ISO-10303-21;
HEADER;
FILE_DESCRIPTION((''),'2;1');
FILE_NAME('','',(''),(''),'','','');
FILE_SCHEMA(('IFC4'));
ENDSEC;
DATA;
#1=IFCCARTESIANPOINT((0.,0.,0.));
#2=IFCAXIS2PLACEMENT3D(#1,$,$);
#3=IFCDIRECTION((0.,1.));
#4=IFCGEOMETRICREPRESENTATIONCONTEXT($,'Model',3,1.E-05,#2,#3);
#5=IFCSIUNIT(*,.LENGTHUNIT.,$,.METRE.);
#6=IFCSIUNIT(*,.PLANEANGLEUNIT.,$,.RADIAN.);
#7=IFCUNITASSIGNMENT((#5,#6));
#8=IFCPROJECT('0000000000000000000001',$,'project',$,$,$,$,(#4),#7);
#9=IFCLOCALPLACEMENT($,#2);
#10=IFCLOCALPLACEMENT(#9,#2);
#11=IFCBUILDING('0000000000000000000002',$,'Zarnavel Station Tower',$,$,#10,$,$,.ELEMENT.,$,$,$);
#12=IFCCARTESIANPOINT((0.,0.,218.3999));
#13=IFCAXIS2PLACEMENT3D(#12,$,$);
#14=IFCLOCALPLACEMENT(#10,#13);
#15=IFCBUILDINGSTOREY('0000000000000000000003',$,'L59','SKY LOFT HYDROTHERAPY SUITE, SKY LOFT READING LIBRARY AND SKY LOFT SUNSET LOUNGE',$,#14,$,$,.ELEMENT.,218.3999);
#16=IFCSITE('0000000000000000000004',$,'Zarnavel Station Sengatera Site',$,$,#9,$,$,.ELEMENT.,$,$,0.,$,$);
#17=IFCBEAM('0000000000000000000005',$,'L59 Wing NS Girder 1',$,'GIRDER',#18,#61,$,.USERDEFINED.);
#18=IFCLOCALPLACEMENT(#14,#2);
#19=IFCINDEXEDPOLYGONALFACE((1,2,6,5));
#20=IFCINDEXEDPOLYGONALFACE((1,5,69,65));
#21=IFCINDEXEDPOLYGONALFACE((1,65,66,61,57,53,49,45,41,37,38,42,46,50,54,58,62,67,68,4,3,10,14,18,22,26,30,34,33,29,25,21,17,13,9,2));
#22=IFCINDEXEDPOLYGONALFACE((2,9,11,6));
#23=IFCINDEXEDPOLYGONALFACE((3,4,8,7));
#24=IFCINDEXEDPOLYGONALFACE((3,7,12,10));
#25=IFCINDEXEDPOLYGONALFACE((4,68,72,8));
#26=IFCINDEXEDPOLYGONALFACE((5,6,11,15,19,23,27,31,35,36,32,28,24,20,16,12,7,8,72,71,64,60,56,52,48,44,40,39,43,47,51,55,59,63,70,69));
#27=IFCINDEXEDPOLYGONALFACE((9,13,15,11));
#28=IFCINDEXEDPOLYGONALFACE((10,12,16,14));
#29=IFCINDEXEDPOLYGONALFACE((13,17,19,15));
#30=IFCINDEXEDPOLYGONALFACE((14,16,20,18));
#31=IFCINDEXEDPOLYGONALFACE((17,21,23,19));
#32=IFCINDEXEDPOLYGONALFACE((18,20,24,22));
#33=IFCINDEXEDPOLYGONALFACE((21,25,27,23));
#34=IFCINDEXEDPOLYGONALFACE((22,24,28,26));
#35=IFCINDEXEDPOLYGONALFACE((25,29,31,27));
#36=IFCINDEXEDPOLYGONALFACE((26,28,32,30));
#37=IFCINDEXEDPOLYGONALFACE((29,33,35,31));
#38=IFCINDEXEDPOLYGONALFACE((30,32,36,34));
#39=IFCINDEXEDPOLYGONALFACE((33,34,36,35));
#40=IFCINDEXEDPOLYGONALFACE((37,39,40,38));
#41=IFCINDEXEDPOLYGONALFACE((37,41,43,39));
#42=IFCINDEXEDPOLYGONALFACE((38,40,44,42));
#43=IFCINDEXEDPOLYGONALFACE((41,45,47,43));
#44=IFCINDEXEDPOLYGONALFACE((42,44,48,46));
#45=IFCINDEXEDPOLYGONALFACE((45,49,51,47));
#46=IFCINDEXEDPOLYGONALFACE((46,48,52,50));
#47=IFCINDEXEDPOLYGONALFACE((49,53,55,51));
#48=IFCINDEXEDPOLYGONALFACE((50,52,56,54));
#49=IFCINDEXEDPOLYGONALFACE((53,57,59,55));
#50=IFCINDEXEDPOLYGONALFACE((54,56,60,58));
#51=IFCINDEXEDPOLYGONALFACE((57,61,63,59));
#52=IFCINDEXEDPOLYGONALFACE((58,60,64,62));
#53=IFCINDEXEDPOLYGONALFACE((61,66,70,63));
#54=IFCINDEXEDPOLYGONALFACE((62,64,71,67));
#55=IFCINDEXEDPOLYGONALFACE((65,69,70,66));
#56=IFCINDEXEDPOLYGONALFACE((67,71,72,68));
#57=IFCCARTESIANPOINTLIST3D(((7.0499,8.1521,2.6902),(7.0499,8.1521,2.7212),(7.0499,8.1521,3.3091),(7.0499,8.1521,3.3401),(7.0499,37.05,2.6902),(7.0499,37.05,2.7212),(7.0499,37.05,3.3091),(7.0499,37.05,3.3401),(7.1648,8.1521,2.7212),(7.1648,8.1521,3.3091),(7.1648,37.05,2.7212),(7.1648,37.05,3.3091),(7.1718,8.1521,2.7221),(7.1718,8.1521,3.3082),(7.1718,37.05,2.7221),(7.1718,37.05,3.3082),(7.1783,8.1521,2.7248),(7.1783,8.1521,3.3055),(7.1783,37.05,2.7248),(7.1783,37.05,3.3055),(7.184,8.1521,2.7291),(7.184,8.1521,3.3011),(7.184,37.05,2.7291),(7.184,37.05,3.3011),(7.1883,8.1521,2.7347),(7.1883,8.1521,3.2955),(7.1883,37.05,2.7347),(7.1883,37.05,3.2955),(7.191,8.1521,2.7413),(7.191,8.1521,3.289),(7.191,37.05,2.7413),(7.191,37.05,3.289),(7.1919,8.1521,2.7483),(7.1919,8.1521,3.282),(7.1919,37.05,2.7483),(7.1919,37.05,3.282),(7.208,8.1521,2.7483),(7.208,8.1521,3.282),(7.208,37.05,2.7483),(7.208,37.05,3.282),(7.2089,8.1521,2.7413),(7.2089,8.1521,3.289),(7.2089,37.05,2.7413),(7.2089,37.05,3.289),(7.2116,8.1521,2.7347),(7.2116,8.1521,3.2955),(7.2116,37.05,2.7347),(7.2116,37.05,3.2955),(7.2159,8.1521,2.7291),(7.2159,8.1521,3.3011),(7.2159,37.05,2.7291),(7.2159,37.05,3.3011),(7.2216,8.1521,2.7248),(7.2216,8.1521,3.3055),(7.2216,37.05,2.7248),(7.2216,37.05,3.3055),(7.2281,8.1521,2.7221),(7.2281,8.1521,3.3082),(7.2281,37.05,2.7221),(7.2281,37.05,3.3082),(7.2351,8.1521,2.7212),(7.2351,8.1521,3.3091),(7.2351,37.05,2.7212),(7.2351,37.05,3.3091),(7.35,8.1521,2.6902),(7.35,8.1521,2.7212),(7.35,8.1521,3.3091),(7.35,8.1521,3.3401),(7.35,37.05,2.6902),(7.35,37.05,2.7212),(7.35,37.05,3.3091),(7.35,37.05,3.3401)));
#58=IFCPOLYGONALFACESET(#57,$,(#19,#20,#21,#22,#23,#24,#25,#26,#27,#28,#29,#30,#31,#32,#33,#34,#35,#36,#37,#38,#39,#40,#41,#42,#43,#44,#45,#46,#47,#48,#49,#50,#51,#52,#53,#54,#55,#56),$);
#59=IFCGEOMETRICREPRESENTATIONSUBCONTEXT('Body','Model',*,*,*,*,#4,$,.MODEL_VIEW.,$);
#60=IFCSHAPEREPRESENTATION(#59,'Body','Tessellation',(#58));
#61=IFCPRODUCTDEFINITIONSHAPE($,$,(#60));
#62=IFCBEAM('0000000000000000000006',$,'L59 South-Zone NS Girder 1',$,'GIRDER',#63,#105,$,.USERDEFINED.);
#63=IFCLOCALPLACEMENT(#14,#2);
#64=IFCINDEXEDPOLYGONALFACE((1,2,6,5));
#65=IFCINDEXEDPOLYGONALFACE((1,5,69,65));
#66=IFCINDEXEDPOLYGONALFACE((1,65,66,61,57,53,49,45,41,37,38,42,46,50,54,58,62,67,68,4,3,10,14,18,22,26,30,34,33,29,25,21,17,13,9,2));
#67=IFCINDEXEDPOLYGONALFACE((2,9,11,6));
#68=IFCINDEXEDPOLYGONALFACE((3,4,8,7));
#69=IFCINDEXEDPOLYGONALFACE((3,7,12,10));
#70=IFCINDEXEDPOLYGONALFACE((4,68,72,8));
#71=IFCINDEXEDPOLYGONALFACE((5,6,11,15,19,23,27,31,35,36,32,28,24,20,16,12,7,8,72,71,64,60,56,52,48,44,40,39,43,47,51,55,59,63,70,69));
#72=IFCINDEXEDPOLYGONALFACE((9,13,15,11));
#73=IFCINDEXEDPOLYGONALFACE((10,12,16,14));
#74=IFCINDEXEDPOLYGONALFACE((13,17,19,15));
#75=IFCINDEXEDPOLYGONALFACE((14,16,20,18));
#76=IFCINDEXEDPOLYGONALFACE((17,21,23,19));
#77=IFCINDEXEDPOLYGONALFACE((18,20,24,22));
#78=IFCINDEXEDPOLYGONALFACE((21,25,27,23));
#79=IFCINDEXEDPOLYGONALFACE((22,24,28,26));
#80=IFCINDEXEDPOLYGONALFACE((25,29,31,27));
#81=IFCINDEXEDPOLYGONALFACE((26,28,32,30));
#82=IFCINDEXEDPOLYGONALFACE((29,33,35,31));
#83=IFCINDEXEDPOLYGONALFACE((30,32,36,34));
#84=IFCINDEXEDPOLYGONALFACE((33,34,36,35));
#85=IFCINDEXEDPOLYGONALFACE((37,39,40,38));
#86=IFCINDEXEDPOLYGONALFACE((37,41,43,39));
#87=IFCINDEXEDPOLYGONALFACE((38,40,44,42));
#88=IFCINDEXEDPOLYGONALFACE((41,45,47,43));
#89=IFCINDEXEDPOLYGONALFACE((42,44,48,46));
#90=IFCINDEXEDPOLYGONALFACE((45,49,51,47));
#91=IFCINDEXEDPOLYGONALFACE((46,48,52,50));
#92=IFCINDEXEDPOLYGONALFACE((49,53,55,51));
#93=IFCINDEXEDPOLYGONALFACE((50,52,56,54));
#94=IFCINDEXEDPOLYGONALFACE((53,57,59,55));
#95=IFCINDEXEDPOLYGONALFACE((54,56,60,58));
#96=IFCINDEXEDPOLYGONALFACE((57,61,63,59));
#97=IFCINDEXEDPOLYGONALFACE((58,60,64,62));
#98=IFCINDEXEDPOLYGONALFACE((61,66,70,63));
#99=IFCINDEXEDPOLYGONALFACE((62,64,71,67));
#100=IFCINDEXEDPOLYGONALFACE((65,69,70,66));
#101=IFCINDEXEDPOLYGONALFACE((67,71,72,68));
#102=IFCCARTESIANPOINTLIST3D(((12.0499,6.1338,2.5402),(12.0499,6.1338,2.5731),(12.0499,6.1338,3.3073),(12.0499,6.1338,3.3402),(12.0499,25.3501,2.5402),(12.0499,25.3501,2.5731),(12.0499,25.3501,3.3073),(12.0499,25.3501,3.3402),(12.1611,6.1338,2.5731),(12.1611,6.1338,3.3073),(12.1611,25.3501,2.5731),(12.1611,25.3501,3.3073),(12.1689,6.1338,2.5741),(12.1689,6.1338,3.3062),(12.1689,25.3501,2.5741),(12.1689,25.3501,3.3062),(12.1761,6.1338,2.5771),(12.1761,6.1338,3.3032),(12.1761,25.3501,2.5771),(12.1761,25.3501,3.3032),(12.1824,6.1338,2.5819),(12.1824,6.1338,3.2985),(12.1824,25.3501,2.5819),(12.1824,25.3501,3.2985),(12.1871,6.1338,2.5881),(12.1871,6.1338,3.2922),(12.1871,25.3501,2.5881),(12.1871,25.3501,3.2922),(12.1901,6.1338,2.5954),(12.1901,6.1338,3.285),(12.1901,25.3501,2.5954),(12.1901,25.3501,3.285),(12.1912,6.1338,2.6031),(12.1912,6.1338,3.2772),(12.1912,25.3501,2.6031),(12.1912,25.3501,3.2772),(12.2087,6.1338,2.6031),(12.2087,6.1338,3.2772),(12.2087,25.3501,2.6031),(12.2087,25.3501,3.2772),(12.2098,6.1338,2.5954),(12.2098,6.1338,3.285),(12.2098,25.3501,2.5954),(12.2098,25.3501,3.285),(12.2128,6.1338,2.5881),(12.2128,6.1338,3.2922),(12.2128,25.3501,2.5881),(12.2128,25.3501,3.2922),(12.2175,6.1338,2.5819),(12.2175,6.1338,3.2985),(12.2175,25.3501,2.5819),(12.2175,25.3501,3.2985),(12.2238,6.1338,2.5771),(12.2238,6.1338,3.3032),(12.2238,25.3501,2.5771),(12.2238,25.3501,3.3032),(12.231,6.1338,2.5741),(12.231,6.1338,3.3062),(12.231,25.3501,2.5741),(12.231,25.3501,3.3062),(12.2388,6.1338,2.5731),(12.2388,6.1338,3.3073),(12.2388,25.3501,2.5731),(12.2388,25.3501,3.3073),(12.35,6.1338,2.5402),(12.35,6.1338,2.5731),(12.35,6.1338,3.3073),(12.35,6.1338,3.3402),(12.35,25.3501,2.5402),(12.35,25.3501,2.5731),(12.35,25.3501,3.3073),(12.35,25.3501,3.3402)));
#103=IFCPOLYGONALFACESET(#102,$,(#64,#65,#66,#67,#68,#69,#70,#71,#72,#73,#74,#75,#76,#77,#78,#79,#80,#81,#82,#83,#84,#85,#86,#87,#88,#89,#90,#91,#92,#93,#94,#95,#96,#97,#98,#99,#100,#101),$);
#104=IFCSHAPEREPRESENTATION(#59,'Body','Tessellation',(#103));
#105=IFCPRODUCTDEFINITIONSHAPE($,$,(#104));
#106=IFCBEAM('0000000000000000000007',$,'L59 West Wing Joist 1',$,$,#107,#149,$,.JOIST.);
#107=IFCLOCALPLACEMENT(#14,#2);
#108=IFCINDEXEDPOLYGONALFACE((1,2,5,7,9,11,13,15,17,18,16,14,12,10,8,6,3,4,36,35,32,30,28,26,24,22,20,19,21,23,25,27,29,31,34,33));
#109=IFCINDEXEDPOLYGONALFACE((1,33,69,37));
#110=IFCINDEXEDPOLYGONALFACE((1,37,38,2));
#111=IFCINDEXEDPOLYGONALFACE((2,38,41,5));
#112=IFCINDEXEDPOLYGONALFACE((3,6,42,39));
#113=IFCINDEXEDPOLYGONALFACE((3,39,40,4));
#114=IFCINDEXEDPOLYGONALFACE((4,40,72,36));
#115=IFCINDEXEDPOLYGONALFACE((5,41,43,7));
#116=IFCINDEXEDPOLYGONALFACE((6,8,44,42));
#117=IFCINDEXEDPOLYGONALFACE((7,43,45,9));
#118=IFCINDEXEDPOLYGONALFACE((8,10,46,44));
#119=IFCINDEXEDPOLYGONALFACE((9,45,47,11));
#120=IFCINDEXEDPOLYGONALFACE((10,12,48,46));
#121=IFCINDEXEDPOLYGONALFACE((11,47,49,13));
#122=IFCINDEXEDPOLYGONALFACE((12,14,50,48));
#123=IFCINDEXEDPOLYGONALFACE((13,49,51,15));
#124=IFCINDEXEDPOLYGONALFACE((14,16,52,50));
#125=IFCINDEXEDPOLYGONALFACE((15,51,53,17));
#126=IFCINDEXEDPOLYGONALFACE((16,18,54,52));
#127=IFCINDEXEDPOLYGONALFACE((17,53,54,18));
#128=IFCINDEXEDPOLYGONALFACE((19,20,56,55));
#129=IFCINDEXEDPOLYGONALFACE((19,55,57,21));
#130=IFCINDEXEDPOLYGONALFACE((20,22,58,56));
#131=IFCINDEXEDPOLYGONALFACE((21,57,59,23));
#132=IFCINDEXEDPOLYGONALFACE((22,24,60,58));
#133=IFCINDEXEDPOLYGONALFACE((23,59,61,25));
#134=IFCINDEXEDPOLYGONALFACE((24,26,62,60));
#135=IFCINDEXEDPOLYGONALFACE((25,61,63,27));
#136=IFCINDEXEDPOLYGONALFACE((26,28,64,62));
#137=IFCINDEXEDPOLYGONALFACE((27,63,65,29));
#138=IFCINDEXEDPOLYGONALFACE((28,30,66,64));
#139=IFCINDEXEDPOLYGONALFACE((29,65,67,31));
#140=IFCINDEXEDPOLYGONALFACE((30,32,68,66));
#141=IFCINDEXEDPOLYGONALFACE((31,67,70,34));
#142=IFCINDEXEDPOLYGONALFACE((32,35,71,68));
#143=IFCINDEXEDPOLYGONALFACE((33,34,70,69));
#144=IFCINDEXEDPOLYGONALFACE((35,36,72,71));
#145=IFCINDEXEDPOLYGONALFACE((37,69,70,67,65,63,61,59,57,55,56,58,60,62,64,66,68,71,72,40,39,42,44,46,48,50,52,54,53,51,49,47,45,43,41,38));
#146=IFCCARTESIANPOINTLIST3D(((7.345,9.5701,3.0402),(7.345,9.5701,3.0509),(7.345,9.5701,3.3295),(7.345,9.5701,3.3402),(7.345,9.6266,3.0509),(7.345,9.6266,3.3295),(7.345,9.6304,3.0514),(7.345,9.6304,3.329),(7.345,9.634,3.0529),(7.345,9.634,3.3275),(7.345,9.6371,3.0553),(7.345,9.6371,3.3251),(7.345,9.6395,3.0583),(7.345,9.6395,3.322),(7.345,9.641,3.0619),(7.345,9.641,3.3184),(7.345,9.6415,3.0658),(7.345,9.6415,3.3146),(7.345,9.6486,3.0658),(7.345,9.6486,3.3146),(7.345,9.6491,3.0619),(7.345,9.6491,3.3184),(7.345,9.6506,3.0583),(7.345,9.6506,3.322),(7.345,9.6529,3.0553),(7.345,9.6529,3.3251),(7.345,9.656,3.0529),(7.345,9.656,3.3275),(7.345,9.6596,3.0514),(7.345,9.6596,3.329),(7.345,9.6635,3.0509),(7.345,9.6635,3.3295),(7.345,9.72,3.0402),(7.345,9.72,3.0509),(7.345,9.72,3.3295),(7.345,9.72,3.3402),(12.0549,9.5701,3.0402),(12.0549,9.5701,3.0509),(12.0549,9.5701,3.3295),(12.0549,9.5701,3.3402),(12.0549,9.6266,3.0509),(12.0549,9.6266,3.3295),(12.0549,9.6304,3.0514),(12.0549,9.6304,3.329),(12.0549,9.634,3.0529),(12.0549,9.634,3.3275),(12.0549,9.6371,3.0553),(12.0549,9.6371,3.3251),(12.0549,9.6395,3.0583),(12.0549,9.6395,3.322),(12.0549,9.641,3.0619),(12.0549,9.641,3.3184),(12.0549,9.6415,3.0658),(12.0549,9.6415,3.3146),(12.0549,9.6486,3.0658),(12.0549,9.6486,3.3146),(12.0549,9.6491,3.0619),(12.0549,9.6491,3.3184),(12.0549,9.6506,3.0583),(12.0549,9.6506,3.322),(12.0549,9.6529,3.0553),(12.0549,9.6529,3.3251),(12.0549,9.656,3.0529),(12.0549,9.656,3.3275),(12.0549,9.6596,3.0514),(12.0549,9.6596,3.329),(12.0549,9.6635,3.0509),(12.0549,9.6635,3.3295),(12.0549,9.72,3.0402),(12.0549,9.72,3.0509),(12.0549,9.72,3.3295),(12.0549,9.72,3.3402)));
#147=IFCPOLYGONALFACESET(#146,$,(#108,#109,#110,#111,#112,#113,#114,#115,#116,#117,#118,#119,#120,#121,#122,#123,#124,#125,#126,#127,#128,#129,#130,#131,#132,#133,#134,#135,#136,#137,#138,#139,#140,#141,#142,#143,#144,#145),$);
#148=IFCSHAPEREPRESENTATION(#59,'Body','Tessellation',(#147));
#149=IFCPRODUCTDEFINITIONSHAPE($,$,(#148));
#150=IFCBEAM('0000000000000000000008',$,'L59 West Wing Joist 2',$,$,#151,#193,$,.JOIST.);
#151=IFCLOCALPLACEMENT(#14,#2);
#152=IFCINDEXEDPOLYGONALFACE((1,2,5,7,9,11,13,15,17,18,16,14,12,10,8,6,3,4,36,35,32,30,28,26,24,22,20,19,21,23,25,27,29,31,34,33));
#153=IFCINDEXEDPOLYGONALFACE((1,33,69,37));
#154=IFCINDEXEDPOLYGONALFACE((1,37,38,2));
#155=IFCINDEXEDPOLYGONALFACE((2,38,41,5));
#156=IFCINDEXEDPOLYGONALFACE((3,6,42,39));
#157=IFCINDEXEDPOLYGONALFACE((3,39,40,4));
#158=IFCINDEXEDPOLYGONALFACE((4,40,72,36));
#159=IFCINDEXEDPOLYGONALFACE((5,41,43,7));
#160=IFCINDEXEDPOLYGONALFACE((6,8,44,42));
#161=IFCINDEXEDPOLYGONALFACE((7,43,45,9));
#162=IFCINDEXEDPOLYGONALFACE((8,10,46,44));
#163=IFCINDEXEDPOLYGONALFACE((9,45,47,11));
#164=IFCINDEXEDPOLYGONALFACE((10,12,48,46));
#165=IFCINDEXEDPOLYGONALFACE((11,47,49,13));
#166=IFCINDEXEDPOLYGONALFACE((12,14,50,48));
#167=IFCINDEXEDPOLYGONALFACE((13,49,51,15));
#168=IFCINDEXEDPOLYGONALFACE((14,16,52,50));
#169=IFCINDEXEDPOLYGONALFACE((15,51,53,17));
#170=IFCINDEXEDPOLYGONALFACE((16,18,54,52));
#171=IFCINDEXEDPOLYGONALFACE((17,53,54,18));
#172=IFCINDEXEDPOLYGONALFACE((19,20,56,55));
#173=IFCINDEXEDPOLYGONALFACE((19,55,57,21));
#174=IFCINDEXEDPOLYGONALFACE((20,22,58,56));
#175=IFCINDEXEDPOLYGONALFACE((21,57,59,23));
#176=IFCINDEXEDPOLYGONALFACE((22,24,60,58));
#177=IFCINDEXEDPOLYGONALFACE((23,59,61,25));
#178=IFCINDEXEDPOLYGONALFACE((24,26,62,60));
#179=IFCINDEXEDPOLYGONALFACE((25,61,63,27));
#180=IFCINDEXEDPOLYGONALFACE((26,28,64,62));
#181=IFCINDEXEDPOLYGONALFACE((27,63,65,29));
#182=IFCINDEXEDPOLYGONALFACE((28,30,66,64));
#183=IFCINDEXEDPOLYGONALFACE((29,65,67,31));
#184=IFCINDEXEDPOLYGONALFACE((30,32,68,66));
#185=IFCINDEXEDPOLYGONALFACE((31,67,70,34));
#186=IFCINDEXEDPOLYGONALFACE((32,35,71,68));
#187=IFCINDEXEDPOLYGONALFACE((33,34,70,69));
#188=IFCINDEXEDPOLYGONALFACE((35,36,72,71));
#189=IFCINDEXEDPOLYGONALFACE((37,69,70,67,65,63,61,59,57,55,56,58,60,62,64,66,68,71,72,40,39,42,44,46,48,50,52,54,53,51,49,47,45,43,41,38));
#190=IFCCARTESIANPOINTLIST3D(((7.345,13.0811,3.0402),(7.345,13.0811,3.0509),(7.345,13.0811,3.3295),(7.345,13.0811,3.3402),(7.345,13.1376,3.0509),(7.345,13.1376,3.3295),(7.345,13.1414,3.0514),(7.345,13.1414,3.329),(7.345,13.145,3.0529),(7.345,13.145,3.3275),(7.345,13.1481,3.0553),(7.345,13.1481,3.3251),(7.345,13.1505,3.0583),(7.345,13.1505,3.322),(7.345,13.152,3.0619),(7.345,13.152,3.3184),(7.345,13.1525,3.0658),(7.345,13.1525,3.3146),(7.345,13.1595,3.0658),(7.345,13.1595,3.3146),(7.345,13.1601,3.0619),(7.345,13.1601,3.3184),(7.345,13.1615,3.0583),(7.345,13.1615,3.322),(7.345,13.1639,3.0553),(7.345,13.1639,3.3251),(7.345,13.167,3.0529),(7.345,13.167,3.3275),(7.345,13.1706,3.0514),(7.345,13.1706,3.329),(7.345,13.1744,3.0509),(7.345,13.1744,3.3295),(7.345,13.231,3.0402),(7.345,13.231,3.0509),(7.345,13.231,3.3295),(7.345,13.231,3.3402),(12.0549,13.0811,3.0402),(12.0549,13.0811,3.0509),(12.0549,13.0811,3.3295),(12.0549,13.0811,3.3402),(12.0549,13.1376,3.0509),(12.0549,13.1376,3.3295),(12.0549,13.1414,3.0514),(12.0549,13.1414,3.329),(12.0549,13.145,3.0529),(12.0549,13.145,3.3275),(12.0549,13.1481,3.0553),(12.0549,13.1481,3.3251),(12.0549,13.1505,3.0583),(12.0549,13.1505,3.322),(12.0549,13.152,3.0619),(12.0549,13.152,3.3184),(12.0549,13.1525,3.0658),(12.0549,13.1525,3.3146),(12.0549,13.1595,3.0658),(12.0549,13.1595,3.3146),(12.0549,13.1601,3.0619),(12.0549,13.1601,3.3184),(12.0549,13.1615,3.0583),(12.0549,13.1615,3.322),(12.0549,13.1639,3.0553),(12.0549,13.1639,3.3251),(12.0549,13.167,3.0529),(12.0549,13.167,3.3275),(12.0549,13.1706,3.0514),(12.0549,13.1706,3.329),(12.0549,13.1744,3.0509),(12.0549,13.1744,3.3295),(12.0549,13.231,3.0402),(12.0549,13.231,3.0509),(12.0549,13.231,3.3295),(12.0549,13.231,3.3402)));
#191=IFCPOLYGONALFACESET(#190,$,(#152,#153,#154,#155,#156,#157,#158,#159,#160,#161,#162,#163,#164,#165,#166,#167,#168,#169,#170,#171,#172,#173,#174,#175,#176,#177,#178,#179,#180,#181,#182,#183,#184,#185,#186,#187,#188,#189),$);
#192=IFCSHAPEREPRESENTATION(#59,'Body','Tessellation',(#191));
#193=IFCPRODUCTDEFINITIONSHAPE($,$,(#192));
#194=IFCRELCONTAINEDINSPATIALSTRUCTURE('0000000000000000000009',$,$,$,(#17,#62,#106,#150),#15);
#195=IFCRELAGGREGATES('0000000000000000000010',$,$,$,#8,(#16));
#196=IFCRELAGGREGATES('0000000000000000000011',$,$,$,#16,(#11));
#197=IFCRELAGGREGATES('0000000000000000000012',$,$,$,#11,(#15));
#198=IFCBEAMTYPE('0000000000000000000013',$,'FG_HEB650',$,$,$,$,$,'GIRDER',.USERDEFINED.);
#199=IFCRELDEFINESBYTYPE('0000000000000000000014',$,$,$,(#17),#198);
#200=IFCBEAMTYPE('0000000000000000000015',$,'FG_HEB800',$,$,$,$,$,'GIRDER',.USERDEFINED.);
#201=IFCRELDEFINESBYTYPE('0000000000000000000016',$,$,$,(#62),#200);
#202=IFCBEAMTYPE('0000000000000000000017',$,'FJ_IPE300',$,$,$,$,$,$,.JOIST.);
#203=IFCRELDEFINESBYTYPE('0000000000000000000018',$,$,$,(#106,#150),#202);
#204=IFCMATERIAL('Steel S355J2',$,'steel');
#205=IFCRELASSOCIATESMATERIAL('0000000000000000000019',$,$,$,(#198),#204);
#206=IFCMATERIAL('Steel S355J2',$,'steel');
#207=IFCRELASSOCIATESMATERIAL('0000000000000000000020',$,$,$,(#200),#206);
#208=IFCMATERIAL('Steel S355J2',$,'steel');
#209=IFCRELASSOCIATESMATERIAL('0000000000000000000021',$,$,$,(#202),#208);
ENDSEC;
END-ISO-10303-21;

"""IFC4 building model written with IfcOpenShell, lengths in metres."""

from ifc_helpers import new_model, si_unit, direction, frame, origin, origin_2d, place, context, subcontext, project, spatial, i_section, extrude, material, material_profile, profile_set, type_object, element, save


model = new_model("IFC4")

# Units and contexts
model_context = context("Model", 3, precision=1e-05, world=origin(), true_north=direction((0.0, 1.0)))
body_context = subcontext(model_context, "Body", "Model", "MODEL_VIEW")
ifc_project = project(units=[si_unit("LENGTHUNIT", "METRE"), si_unit("PLANEANGLEUNIT", "RADIAN")], contexts=[model_context])

# Site, building, storey
site_placement = place(None, origin())
site = spatial("IfcSite", under=ifc_project, at=site_placement, Name="Zarnavel Station Sengatera Site", CompositionType="ELEMENT", RefElevation=0.0)
building_placement = place(site_placement, origin())
building = spatial("IfcBuilding", under=site, at=building_placement, Name="Zarnavel Station Tower", CompositionType="ELEMENT")
storey_placement = place(building_placement, frame((0.0, 0.0, 218.3999)))
storey = spatial("IfcBuildingStorey", under=building, at=storey_placement, Name="L59", Description="SKY LOFT HYDROTHERAPY SUITE, SKY LOFT READING LIBRARY AND SKY LOFT SUNSET LOUNGE", CompositionType="ELEMENT", Elevation=218.3999)

# Beams
ifc_material_1 = material(Name="Steel S355J2", Category="steel")
ifc_material_profile_1 = material_profile(ifc_material_1, i_section(OverallWidth=0.3, OverallDepth=0.6499, WebThickness=0.0161, FlangeThickness=0.031, FilletRadius=0.0271, at=origin_2d()), Name="HEB650")
ifc_profile_set_1 = profile_set([ifc_material_profile_1], Name="Steel S355J2")
beam_type_1 = type_object("IfcBeamType", Name="FG_HEB650", ElementType="GIRDER", PredefinedType="USERDEFINED", material=ifc_profile_set_1)
beam_1_placement = place(storey_placement, frame((7.2, 8.1521, 3.0151), z_axis=(0.0, 1.0, 0.0), x_axis=(-1.0, 0.0, 0.0)))
element("IfcBeam", 1, at=beam_1_placement, inside=storey, type_object=beam_type_1, Name="L59 Wing NS Girder 1", ObjectType="GIRDER", PredefinedType="USERDEFINED", context=body_context, shape_type="SweptSolid", body=[
    extrude(i_section(OverallWidth=0.3, OverallDepth=0.6499, WebThickness=0.0161, FlangeThickness=0.031, FilletRadius=0.0271, at=origin_2d()), origin(), (0.0, 0.0, 1.0), 28.8979),
])
ifc_material_2 = material(Name="Steel S355J2", Category="steel")
ifc_material_profile_2 = material_profile(ifc_material_2, i_section(OverallWidth=0.3, OverallDepth=0.8, WebThickness=0.0176, FlangeThickness=0.033, FilletRadius=0.03, at=origin_2d()), Name="HEB800")
ifc_profile_set_2 = profile_set([ifc_material_profile_2], Name="Steel S355J2")
beam_type_2 = type_object("IfcBeamType", Name="FG_HEB800", ElementType="GIRDER", PredefinedType="USERDEFINED", material=ifc_profile_set_2)
beam_2_placement = place(storey_placement, frame((12.2, 6.1338, 2.9402), z_axis=(0.0, 1.0, 0.0), x_axis=(-1.0, 0.0, 0.0)))
element("IfcBeam", 2, at=beam_2_placement, inside=storey, type_object=beam_type_2, Name="L59 South-Zone NS Girder 1", ObjectType="GIRDER", PredefinedType="USERDEFINED", context=body_context, shape_type="SweptSolid", body=[
    extrude(i_section(OverallWidth=0.3, OverallDepth=0.8, WebThickness=0.0176, FlangeThickness=0.033, FilletRadius=0.03, at=origin_2d()), origin(), (0.0, 0.0, 1.0), 19.2163),
])
ifc_material_3 = material(Name="Steel S355J2", Category="steel")
ifc_material_profile_3 = material_profile(ifc_material_3, i_section(OverallWidth=0.1499, OverallDepth=0.3, WebThickness=0.0071, FlangeThickness=0.0107, FilletRadius=0.0149, at=origin_2d()), Name="IPE300")
ifc_profile_set_3 = profile_set([ifc_material_profile_3], Name="Steel S355J2")
beam_type_3 = type_object("IfcBeamType", Name="FJ_IPE300", PredefinedType="JOIST", material=ifc_profile_set_3)
for number, where, z_axis, x_axis, name in (
    (3, (7.345, 9.645, 3.1902), (1.0, 0.0, 0.0), (0.0, 1.0, 0.0), "L59 West Wing Joist 1"),
    (4, (7.345, 13.156, 3.1902), (1.0, 0.0, 0.0), (0.0, 1.0, 0.0), "L59 West Wing Joist 2"),
):
    element("IfcBeam", number, at=place(storey_placement, frame(where, z_axis=z_axis, x_axis=x_axis)), inside=storey, type_object=beam_type_3, Name=name, PredefinedType="JOIST", context=body_context, shape_type="SweptSolid", body=[
        extrude(i_section(OverallWidth=0.1499, OverallDepth=0.3, WebThickness=0.0071, FlangeThickness=0.0107, FilletRadius=0.0149, at=origin_2d()), origin(), (0.0, 0.0, 1.0), 4.71),
    ])

save(model, "model.ifc")
